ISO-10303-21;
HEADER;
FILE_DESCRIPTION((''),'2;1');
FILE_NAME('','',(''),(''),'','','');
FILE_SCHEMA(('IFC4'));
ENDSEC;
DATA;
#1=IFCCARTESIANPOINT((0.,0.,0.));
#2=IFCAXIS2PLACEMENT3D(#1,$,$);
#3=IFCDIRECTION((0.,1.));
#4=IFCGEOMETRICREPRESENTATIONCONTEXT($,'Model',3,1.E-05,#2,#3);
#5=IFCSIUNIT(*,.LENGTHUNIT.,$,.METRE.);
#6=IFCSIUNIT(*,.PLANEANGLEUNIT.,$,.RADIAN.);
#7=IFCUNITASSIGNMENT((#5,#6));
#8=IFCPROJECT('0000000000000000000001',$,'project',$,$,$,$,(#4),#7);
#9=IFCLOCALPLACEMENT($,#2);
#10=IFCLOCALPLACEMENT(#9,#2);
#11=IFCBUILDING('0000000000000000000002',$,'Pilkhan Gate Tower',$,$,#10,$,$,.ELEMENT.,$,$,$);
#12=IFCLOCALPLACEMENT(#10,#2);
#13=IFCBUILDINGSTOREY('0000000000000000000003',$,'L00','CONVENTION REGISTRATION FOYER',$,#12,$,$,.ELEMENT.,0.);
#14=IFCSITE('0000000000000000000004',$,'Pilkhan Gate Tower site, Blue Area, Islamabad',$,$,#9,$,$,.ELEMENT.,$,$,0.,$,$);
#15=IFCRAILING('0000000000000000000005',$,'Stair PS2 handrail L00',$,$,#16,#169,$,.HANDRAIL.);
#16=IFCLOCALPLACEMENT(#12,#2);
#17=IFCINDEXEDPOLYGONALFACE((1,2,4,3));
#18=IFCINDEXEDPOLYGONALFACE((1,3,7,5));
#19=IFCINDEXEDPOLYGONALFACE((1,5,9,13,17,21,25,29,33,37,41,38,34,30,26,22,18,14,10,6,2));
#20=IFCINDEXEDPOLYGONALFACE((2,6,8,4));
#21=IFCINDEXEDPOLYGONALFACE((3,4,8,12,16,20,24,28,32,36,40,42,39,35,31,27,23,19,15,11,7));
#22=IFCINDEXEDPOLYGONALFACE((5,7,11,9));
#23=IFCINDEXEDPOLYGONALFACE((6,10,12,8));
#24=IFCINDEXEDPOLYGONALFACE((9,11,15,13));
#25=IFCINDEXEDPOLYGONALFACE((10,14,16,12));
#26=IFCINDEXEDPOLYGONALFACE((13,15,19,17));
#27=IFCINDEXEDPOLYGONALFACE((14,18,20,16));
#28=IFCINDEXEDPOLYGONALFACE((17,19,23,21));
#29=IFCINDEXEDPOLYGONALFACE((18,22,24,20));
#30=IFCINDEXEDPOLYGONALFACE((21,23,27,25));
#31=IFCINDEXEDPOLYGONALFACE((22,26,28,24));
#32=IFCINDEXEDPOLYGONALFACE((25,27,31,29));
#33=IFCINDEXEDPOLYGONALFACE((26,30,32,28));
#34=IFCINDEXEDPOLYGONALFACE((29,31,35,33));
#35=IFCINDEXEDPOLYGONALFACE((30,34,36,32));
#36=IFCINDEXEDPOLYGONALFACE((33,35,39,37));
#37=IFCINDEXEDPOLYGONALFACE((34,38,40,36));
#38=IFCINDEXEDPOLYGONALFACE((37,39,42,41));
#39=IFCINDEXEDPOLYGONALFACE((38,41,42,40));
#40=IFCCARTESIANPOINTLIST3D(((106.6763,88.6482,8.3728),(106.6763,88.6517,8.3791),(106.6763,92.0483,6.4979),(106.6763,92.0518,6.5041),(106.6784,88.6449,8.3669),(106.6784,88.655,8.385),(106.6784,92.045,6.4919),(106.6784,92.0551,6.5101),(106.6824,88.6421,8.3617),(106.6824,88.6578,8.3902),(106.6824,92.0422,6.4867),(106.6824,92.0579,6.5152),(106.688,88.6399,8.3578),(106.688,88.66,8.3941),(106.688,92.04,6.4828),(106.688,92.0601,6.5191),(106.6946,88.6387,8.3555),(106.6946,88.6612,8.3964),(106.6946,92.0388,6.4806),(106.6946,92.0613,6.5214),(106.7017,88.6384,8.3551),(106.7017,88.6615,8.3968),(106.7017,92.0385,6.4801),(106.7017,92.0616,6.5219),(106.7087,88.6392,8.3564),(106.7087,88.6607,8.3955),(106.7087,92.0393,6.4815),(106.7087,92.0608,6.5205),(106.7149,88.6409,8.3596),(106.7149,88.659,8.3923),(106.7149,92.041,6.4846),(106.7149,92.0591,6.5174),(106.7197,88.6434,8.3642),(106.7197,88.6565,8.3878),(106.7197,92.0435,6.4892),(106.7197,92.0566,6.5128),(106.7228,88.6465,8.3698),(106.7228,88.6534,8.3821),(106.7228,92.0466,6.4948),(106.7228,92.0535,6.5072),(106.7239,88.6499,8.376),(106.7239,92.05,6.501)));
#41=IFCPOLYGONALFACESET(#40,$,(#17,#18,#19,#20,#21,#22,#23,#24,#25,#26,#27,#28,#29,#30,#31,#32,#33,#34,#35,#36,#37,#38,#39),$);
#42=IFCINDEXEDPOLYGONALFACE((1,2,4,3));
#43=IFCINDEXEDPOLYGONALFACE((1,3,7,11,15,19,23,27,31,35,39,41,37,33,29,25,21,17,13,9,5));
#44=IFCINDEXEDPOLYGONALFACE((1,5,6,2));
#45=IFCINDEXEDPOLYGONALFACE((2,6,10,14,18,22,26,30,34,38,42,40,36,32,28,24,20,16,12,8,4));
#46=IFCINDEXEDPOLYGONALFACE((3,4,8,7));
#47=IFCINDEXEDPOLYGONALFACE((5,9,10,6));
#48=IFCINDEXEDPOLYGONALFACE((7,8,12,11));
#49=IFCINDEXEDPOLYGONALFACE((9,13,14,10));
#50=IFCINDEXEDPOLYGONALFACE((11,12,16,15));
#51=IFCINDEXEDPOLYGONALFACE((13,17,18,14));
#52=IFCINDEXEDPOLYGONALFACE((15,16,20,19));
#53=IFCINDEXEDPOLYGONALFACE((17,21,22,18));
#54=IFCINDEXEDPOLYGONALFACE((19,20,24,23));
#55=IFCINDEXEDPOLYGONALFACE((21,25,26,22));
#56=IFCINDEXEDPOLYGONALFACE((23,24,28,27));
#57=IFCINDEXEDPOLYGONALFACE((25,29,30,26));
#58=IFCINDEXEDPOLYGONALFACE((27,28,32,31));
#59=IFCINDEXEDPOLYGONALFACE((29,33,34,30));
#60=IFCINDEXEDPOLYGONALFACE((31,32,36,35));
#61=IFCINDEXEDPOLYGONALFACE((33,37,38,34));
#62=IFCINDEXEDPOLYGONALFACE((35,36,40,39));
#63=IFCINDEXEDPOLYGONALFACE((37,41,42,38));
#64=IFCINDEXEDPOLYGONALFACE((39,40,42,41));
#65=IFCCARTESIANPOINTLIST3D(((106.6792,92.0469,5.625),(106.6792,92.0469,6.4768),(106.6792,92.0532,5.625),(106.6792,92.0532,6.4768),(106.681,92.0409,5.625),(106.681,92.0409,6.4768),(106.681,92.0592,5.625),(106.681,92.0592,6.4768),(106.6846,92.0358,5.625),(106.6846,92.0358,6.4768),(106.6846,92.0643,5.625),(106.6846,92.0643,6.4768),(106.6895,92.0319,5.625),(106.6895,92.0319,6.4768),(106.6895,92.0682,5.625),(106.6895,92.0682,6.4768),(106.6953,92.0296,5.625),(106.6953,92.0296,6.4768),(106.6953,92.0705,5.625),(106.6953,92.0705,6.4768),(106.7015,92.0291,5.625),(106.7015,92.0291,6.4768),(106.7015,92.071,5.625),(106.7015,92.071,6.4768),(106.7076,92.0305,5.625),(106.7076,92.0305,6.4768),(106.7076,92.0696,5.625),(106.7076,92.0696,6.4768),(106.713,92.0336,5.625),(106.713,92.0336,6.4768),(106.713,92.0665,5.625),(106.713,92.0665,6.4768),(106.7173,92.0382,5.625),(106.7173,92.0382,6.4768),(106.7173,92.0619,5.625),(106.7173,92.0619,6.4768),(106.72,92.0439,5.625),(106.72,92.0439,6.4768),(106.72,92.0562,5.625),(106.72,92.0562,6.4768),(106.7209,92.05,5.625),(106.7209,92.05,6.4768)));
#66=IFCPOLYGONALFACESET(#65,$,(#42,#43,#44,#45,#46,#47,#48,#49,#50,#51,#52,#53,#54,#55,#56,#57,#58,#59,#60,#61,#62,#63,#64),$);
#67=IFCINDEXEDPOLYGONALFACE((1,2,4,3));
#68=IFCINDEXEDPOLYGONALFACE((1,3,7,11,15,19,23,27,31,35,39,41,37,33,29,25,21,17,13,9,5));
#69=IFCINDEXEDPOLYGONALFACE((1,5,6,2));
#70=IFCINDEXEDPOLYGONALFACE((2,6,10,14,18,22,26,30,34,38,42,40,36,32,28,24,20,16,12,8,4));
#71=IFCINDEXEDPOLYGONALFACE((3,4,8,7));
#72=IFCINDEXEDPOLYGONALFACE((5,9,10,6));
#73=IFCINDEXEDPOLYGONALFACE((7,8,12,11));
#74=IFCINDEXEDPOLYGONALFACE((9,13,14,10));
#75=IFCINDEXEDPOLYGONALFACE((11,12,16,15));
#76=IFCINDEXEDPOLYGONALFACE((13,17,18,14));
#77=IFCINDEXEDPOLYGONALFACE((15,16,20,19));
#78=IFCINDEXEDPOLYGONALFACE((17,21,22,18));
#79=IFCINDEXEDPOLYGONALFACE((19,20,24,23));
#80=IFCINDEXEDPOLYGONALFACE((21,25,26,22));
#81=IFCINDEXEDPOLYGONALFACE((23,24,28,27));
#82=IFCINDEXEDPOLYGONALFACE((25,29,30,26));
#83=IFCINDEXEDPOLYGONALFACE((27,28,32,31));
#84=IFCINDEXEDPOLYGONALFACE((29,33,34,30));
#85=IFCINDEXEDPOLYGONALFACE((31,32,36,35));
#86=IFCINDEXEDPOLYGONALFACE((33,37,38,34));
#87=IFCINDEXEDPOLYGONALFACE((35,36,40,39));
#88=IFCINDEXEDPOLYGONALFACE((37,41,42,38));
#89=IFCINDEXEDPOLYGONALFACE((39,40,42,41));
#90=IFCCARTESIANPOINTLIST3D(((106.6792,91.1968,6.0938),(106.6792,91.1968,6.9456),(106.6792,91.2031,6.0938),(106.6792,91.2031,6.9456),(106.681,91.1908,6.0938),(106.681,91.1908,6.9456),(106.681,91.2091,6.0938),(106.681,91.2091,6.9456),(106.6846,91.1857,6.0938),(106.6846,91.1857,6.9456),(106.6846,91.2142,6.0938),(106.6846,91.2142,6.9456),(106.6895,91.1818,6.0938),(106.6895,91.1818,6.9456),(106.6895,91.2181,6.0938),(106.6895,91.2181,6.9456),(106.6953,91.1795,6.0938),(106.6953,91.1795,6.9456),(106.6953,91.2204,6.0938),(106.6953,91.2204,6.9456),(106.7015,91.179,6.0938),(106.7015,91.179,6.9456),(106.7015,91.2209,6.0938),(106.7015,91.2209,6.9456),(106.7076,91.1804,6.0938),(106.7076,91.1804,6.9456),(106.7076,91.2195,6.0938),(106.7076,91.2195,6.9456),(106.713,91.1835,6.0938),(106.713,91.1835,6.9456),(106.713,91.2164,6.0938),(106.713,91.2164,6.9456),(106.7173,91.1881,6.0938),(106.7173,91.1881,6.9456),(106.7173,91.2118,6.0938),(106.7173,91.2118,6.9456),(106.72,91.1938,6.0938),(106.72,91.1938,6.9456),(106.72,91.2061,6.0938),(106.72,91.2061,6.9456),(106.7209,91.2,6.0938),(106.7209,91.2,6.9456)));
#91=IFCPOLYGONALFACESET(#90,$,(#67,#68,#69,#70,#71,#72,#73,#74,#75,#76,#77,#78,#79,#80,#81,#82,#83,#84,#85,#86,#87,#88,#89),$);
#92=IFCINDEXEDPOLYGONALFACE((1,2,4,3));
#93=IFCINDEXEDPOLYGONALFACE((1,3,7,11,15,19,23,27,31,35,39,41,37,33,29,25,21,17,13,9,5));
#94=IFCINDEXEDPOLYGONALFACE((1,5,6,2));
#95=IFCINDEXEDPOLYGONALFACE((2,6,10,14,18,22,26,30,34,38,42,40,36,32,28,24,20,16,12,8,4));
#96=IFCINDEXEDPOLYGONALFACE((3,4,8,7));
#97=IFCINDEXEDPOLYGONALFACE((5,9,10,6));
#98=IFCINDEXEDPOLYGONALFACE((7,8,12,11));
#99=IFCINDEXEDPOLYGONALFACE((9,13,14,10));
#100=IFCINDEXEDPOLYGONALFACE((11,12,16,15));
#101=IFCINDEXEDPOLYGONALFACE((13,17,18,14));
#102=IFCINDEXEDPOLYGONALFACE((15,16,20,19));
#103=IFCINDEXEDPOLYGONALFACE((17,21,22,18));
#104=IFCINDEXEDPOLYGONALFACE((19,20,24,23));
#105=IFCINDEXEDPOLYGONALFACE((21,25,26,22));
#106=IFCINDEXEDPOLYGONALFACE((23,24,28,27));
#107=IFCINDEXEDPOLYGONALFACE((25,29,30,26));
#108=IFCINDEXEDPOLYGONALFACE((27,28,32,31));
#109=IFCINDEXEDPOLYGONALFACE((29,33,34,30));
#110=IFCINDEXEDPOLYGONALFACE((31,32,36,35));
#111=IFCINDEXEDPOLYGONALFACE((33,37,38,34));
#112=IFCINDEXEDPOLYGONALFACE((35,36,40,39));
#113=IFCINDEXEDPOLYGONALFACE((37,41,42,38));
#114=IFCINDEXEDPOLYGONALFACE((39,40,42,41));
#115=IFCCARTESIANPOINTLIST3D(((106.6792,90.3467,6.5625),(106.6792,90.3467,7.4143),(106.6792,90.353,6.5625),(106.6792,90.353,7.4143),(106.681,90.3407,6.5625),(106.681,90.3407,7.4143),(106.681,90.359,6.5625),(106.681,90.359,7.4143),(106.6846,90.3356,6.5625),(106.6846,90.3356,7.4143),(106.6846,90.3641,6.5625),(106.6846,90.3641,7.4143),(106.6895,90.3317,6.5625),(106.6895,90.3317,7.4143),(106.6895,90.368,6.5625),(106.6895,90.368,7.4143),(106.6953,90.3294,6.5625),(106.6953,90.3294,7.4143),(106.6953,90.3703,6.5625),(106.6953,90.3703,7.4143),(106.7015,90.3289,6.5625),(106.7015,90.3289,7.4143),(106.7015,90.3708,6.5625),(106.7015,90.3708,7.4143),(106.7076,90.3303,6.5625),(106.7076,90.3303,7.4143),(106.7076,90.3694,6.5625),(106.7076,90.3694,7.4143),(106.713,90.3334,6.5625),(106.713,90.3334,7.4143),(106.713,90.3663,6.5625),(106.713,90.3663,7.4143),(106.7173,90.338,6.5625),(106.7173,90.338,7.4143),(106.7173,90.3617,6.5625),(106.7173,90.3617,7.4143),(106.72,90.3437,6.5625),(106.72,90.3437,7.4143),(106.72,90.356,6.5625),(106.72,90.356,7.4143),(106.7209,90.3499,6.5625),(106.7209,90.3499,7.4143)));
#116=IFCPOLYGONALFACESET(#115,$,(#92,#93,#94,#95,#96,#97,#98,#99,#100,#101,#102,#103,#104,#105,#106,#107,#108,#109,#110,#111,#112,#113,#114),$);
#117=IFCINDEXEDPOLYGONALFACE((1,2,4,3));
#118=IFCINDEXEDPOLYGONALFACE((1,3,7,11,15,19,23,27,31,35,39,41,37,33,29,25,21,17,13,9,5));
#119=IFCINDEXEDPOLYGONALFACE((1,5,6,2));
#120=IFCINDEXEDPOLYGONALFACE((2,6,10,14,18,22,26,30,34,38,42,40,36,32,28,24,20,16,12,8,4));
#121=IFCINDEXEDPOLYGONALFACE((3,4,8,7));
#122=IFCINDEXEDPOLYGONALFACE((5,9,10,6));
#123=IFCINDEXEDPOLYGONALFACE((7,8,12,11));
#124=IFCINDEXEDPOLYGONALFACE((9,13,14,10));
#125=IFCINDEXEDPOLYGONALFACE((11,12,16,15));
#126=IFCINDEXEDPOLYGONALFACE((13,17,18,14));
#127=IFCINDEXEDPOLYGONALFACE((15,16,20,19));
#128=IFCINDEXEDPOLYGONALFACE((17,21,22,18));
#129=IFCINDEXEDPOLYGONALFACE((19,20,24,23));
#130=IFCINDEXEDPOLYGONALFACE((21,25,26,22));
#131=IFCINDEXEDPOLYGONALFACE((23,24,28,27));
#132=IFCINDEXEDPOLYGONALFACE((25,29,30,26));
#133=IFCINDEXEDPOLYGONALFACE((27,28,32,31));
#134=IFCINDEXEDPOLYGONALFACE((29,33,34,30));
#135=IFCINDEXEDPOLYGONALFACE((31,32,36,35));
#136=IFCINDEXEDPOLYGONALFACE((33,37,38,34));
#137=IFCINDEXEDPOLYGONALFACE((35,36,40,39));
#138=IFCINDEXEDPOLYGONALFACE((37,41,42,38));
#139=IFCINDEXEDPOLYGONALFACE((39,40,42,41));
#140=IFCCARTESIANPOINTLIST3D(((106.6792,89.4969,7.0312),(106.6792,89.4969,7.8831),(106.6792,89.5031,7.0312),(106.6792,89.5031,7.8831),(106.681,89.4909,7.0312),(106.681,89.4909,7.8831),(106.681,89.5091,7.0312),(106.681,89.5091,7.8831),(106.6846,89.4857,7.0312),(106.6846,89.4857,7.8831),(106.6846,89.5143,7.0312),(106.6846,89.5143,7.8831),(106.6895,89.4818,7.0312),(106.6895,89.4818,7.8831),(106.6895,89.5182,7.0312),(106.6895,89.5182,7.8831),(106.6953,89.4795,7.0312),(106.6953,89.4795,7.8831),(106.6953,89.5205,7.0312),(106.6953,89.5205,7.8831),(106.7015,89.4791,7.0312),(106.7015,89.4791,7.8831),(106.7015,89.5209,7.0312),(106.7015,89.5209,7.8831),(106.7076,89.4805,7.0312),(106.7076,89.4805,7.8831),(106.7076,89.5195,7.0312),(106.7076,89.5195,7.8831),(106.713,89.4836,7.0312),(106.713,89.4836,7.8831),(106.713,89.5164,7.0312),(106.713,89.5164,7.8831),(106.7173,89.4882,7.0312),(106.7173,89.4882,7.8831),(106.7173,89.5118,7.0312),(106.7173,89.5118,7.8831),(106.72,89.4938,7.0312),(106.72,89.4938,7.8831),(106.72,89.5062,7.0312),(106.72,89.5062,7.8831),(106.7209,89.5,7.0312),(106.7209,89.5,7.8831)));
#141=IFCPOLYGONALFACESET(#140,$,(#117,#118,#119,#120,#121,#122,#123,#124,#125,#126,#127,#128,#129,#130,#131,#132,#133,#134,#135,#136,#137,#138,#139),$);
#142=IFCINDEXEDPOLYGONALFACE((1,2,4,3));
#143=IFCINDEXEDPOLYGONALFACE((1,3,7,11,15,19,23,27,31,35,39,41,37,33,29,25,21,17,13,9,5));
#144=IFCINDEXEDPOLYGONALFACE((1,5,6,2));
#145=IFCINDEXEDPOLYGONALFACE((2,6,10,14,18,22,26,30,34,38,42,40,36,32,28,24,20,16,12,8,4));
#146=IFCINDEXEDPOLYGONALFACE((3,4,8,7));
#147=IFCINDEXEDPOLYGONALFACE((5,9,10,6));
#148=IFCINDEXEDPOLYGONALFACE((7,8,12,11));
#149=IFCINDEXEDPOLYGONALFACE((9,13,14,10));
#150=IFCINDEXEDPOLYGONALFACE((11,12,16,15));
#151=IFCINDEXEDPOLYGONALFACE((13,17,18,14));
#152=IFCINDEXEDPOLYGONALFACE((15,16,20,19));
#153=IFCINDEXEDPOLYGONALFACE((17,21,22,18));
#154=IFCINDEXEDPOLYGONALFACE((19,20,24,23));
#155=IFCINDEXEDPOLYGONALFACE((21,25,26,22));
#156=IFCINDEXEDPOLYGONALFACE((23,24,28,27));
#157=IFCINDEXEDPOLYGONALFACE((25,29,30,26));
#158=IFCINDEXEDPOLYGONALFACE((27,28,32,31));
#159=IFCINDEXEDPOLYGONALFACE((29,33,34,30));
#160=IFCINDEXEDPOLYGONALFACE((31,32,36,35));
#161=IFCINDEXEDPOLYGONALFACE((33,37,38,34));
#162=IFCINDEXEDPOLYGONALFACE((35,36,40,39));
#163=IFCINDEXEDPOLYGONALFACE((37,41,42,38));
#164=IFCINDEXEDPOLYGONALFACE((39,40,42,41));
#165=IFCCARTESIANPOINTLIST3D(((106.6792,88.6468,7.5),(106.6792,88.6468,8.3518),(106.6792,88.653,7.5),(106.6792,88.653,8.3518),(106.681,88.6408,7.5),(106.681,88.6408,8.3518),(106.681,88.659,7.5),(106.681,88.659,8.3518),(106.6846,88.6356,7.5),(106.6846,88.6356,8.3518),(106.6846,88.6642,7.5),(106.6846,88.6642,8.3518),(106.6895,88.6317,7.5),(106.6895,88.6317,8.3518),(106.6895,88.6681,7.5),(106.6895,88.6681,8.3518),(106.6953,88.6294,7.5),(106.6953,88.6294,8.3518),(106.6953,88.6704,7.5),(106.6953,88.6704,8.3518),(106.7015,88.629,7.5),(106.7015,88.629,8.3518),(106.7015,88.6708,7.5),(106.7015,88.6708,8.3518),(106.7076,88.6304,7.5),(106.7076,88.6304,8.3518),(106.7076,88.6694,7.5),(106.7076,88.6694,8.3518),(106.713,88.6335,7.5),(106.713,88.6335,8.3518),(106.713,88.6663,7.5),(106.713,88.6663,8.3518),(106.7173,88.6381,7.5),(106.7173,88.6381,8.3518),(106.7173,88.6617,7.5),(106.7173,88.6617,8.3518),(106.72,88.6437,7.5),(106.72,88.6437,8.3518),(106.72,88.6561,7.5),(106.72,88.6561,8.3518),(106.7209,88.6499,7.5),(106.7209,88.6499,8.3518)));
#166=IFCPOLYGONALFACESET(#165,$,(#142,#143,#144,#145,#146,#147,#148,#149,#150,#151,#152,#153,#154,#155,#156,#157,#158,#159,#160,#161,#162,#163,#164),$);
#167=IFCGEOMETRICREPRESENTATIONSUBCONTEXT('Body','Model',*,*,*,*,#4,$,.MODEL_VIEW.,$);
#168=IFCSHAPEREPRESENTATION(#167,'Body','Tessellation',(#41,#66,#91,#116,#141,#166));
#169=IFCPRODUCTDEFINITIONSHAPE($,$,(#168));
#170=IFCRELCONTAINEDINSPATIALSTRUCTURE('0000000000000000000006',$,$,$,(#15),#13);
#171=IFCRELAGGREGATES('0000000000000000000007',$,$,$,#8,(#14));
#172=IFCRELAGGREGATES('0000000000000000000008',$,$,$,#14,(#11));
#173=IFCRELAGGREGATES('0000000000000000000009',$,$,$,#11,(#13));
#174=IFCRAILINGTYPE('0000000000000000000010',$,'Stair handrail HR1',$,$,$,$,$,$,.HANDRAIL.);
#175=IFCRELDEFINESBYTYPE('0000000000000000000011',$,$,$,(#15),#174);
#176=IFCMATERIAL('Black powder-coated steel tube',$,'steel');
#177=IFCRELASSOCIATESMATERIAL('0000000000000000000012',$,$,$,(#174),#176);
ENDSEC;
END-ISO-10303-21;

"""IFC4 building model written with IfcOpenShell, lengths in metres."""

from ifc_helpers import new_model, si_unit, direction, frame, origin, origin_2d, place, context, subcontext, project, spatial, circle, extrude, material, type_object, element, save


model = new_model("IFC4")

# Units and contexts
model_context = context("Model", 3, precision=1e-05, world=origin(), true_north=direction((0.0, 1.0)))
body_context = subcontext(model_context, "Body", "Model", "MODEL_VIEW")
ifc_project = project(units=[si_unit("LENGTHUNIT", "METRE"), si_unit("PLANEANGLEUNIT", "RADIAN")], contexts=[model_context])

# Site, building, storey
site_placement = place(None, origin())
site = spatial("IfcSite", under=ifc_project, at=site_placement, Name="Pilkhan Gate Tower site, Blue Area, Islamabad", CompositionType="ELEMENT", RefElevation=0.0)
building_placement = place(site_placement, origin())
building = spatial("IfcBuilding", under=site, at=building_placement, Name="Pilkhan Gate Tower", CompositionType="ELEMENT")
storey_placement = place(building_placement, origin())
storey = spatial("IfcBuildingStorey", under=building, at=storey_placement, Name="L00", Description="CONVENTION REGISTRATION FOYER", CompositionType="ELEMENT", Elevation=0.0)

# Railing
ifc_material_1 = material(Name="Black powder-coated steel tube", Category="steel")
railing_type_1 = type_object("IfcRailingType", Name="Stair handrail HR1", PredefinedType="HANDRAIL", material=ifc_material_1)
for number, where, name in (
    (1, (106.7, 92.05, 5.625), "Stair PS2 handrail L00"),
):
    element("IfcRailing", number, at=place(storey_placement, frame(where)), inside=storey, type_object=railing_type_1, Name=name, PredefinedType="HANDRAIL", context=body_context, shape_type="SweptSolid", body=[
        extrude(circle(Radius=0.0239, at=origin_2d()), frame((0.0, 0.0, 0.876), z_axis=(0.0, -0.87568, 0.482891), x_axis=(1.0, 0.0, 0.0)), (0.0, 0.0, 1.0), 3.8828),
        extrude(circle(Radius=0.021, at=origin_2d()), origin(), (0.0, 0.0, 1.0), 0.8518),
        extrude(circle(Radius=0.021, at=origin_2d()), frame((0.0, -0.8501, 0.4688)), (0.0, 0.0, 1.0), 0.8518),
        extrude(circle(Radius=0.021, at=origin_2d()), frame((0.0, -1.7002, 0.9375)), (0.0, 0.0, 1.0), 0.8518),
        extrude(circle(Radius=0.021, at=origin_2d()), frame((0.0, -2.55, 1.4062)), (0.0, 0.0, 1.0), 0.8518),
        extrude(circle(Radius=0.021, at=origin_2d()), frame((0.0, -3.4001, 1.875)), (0.0, 0.0, 1.0), 0.8518),
    ])

save(model, "model.ifc")
